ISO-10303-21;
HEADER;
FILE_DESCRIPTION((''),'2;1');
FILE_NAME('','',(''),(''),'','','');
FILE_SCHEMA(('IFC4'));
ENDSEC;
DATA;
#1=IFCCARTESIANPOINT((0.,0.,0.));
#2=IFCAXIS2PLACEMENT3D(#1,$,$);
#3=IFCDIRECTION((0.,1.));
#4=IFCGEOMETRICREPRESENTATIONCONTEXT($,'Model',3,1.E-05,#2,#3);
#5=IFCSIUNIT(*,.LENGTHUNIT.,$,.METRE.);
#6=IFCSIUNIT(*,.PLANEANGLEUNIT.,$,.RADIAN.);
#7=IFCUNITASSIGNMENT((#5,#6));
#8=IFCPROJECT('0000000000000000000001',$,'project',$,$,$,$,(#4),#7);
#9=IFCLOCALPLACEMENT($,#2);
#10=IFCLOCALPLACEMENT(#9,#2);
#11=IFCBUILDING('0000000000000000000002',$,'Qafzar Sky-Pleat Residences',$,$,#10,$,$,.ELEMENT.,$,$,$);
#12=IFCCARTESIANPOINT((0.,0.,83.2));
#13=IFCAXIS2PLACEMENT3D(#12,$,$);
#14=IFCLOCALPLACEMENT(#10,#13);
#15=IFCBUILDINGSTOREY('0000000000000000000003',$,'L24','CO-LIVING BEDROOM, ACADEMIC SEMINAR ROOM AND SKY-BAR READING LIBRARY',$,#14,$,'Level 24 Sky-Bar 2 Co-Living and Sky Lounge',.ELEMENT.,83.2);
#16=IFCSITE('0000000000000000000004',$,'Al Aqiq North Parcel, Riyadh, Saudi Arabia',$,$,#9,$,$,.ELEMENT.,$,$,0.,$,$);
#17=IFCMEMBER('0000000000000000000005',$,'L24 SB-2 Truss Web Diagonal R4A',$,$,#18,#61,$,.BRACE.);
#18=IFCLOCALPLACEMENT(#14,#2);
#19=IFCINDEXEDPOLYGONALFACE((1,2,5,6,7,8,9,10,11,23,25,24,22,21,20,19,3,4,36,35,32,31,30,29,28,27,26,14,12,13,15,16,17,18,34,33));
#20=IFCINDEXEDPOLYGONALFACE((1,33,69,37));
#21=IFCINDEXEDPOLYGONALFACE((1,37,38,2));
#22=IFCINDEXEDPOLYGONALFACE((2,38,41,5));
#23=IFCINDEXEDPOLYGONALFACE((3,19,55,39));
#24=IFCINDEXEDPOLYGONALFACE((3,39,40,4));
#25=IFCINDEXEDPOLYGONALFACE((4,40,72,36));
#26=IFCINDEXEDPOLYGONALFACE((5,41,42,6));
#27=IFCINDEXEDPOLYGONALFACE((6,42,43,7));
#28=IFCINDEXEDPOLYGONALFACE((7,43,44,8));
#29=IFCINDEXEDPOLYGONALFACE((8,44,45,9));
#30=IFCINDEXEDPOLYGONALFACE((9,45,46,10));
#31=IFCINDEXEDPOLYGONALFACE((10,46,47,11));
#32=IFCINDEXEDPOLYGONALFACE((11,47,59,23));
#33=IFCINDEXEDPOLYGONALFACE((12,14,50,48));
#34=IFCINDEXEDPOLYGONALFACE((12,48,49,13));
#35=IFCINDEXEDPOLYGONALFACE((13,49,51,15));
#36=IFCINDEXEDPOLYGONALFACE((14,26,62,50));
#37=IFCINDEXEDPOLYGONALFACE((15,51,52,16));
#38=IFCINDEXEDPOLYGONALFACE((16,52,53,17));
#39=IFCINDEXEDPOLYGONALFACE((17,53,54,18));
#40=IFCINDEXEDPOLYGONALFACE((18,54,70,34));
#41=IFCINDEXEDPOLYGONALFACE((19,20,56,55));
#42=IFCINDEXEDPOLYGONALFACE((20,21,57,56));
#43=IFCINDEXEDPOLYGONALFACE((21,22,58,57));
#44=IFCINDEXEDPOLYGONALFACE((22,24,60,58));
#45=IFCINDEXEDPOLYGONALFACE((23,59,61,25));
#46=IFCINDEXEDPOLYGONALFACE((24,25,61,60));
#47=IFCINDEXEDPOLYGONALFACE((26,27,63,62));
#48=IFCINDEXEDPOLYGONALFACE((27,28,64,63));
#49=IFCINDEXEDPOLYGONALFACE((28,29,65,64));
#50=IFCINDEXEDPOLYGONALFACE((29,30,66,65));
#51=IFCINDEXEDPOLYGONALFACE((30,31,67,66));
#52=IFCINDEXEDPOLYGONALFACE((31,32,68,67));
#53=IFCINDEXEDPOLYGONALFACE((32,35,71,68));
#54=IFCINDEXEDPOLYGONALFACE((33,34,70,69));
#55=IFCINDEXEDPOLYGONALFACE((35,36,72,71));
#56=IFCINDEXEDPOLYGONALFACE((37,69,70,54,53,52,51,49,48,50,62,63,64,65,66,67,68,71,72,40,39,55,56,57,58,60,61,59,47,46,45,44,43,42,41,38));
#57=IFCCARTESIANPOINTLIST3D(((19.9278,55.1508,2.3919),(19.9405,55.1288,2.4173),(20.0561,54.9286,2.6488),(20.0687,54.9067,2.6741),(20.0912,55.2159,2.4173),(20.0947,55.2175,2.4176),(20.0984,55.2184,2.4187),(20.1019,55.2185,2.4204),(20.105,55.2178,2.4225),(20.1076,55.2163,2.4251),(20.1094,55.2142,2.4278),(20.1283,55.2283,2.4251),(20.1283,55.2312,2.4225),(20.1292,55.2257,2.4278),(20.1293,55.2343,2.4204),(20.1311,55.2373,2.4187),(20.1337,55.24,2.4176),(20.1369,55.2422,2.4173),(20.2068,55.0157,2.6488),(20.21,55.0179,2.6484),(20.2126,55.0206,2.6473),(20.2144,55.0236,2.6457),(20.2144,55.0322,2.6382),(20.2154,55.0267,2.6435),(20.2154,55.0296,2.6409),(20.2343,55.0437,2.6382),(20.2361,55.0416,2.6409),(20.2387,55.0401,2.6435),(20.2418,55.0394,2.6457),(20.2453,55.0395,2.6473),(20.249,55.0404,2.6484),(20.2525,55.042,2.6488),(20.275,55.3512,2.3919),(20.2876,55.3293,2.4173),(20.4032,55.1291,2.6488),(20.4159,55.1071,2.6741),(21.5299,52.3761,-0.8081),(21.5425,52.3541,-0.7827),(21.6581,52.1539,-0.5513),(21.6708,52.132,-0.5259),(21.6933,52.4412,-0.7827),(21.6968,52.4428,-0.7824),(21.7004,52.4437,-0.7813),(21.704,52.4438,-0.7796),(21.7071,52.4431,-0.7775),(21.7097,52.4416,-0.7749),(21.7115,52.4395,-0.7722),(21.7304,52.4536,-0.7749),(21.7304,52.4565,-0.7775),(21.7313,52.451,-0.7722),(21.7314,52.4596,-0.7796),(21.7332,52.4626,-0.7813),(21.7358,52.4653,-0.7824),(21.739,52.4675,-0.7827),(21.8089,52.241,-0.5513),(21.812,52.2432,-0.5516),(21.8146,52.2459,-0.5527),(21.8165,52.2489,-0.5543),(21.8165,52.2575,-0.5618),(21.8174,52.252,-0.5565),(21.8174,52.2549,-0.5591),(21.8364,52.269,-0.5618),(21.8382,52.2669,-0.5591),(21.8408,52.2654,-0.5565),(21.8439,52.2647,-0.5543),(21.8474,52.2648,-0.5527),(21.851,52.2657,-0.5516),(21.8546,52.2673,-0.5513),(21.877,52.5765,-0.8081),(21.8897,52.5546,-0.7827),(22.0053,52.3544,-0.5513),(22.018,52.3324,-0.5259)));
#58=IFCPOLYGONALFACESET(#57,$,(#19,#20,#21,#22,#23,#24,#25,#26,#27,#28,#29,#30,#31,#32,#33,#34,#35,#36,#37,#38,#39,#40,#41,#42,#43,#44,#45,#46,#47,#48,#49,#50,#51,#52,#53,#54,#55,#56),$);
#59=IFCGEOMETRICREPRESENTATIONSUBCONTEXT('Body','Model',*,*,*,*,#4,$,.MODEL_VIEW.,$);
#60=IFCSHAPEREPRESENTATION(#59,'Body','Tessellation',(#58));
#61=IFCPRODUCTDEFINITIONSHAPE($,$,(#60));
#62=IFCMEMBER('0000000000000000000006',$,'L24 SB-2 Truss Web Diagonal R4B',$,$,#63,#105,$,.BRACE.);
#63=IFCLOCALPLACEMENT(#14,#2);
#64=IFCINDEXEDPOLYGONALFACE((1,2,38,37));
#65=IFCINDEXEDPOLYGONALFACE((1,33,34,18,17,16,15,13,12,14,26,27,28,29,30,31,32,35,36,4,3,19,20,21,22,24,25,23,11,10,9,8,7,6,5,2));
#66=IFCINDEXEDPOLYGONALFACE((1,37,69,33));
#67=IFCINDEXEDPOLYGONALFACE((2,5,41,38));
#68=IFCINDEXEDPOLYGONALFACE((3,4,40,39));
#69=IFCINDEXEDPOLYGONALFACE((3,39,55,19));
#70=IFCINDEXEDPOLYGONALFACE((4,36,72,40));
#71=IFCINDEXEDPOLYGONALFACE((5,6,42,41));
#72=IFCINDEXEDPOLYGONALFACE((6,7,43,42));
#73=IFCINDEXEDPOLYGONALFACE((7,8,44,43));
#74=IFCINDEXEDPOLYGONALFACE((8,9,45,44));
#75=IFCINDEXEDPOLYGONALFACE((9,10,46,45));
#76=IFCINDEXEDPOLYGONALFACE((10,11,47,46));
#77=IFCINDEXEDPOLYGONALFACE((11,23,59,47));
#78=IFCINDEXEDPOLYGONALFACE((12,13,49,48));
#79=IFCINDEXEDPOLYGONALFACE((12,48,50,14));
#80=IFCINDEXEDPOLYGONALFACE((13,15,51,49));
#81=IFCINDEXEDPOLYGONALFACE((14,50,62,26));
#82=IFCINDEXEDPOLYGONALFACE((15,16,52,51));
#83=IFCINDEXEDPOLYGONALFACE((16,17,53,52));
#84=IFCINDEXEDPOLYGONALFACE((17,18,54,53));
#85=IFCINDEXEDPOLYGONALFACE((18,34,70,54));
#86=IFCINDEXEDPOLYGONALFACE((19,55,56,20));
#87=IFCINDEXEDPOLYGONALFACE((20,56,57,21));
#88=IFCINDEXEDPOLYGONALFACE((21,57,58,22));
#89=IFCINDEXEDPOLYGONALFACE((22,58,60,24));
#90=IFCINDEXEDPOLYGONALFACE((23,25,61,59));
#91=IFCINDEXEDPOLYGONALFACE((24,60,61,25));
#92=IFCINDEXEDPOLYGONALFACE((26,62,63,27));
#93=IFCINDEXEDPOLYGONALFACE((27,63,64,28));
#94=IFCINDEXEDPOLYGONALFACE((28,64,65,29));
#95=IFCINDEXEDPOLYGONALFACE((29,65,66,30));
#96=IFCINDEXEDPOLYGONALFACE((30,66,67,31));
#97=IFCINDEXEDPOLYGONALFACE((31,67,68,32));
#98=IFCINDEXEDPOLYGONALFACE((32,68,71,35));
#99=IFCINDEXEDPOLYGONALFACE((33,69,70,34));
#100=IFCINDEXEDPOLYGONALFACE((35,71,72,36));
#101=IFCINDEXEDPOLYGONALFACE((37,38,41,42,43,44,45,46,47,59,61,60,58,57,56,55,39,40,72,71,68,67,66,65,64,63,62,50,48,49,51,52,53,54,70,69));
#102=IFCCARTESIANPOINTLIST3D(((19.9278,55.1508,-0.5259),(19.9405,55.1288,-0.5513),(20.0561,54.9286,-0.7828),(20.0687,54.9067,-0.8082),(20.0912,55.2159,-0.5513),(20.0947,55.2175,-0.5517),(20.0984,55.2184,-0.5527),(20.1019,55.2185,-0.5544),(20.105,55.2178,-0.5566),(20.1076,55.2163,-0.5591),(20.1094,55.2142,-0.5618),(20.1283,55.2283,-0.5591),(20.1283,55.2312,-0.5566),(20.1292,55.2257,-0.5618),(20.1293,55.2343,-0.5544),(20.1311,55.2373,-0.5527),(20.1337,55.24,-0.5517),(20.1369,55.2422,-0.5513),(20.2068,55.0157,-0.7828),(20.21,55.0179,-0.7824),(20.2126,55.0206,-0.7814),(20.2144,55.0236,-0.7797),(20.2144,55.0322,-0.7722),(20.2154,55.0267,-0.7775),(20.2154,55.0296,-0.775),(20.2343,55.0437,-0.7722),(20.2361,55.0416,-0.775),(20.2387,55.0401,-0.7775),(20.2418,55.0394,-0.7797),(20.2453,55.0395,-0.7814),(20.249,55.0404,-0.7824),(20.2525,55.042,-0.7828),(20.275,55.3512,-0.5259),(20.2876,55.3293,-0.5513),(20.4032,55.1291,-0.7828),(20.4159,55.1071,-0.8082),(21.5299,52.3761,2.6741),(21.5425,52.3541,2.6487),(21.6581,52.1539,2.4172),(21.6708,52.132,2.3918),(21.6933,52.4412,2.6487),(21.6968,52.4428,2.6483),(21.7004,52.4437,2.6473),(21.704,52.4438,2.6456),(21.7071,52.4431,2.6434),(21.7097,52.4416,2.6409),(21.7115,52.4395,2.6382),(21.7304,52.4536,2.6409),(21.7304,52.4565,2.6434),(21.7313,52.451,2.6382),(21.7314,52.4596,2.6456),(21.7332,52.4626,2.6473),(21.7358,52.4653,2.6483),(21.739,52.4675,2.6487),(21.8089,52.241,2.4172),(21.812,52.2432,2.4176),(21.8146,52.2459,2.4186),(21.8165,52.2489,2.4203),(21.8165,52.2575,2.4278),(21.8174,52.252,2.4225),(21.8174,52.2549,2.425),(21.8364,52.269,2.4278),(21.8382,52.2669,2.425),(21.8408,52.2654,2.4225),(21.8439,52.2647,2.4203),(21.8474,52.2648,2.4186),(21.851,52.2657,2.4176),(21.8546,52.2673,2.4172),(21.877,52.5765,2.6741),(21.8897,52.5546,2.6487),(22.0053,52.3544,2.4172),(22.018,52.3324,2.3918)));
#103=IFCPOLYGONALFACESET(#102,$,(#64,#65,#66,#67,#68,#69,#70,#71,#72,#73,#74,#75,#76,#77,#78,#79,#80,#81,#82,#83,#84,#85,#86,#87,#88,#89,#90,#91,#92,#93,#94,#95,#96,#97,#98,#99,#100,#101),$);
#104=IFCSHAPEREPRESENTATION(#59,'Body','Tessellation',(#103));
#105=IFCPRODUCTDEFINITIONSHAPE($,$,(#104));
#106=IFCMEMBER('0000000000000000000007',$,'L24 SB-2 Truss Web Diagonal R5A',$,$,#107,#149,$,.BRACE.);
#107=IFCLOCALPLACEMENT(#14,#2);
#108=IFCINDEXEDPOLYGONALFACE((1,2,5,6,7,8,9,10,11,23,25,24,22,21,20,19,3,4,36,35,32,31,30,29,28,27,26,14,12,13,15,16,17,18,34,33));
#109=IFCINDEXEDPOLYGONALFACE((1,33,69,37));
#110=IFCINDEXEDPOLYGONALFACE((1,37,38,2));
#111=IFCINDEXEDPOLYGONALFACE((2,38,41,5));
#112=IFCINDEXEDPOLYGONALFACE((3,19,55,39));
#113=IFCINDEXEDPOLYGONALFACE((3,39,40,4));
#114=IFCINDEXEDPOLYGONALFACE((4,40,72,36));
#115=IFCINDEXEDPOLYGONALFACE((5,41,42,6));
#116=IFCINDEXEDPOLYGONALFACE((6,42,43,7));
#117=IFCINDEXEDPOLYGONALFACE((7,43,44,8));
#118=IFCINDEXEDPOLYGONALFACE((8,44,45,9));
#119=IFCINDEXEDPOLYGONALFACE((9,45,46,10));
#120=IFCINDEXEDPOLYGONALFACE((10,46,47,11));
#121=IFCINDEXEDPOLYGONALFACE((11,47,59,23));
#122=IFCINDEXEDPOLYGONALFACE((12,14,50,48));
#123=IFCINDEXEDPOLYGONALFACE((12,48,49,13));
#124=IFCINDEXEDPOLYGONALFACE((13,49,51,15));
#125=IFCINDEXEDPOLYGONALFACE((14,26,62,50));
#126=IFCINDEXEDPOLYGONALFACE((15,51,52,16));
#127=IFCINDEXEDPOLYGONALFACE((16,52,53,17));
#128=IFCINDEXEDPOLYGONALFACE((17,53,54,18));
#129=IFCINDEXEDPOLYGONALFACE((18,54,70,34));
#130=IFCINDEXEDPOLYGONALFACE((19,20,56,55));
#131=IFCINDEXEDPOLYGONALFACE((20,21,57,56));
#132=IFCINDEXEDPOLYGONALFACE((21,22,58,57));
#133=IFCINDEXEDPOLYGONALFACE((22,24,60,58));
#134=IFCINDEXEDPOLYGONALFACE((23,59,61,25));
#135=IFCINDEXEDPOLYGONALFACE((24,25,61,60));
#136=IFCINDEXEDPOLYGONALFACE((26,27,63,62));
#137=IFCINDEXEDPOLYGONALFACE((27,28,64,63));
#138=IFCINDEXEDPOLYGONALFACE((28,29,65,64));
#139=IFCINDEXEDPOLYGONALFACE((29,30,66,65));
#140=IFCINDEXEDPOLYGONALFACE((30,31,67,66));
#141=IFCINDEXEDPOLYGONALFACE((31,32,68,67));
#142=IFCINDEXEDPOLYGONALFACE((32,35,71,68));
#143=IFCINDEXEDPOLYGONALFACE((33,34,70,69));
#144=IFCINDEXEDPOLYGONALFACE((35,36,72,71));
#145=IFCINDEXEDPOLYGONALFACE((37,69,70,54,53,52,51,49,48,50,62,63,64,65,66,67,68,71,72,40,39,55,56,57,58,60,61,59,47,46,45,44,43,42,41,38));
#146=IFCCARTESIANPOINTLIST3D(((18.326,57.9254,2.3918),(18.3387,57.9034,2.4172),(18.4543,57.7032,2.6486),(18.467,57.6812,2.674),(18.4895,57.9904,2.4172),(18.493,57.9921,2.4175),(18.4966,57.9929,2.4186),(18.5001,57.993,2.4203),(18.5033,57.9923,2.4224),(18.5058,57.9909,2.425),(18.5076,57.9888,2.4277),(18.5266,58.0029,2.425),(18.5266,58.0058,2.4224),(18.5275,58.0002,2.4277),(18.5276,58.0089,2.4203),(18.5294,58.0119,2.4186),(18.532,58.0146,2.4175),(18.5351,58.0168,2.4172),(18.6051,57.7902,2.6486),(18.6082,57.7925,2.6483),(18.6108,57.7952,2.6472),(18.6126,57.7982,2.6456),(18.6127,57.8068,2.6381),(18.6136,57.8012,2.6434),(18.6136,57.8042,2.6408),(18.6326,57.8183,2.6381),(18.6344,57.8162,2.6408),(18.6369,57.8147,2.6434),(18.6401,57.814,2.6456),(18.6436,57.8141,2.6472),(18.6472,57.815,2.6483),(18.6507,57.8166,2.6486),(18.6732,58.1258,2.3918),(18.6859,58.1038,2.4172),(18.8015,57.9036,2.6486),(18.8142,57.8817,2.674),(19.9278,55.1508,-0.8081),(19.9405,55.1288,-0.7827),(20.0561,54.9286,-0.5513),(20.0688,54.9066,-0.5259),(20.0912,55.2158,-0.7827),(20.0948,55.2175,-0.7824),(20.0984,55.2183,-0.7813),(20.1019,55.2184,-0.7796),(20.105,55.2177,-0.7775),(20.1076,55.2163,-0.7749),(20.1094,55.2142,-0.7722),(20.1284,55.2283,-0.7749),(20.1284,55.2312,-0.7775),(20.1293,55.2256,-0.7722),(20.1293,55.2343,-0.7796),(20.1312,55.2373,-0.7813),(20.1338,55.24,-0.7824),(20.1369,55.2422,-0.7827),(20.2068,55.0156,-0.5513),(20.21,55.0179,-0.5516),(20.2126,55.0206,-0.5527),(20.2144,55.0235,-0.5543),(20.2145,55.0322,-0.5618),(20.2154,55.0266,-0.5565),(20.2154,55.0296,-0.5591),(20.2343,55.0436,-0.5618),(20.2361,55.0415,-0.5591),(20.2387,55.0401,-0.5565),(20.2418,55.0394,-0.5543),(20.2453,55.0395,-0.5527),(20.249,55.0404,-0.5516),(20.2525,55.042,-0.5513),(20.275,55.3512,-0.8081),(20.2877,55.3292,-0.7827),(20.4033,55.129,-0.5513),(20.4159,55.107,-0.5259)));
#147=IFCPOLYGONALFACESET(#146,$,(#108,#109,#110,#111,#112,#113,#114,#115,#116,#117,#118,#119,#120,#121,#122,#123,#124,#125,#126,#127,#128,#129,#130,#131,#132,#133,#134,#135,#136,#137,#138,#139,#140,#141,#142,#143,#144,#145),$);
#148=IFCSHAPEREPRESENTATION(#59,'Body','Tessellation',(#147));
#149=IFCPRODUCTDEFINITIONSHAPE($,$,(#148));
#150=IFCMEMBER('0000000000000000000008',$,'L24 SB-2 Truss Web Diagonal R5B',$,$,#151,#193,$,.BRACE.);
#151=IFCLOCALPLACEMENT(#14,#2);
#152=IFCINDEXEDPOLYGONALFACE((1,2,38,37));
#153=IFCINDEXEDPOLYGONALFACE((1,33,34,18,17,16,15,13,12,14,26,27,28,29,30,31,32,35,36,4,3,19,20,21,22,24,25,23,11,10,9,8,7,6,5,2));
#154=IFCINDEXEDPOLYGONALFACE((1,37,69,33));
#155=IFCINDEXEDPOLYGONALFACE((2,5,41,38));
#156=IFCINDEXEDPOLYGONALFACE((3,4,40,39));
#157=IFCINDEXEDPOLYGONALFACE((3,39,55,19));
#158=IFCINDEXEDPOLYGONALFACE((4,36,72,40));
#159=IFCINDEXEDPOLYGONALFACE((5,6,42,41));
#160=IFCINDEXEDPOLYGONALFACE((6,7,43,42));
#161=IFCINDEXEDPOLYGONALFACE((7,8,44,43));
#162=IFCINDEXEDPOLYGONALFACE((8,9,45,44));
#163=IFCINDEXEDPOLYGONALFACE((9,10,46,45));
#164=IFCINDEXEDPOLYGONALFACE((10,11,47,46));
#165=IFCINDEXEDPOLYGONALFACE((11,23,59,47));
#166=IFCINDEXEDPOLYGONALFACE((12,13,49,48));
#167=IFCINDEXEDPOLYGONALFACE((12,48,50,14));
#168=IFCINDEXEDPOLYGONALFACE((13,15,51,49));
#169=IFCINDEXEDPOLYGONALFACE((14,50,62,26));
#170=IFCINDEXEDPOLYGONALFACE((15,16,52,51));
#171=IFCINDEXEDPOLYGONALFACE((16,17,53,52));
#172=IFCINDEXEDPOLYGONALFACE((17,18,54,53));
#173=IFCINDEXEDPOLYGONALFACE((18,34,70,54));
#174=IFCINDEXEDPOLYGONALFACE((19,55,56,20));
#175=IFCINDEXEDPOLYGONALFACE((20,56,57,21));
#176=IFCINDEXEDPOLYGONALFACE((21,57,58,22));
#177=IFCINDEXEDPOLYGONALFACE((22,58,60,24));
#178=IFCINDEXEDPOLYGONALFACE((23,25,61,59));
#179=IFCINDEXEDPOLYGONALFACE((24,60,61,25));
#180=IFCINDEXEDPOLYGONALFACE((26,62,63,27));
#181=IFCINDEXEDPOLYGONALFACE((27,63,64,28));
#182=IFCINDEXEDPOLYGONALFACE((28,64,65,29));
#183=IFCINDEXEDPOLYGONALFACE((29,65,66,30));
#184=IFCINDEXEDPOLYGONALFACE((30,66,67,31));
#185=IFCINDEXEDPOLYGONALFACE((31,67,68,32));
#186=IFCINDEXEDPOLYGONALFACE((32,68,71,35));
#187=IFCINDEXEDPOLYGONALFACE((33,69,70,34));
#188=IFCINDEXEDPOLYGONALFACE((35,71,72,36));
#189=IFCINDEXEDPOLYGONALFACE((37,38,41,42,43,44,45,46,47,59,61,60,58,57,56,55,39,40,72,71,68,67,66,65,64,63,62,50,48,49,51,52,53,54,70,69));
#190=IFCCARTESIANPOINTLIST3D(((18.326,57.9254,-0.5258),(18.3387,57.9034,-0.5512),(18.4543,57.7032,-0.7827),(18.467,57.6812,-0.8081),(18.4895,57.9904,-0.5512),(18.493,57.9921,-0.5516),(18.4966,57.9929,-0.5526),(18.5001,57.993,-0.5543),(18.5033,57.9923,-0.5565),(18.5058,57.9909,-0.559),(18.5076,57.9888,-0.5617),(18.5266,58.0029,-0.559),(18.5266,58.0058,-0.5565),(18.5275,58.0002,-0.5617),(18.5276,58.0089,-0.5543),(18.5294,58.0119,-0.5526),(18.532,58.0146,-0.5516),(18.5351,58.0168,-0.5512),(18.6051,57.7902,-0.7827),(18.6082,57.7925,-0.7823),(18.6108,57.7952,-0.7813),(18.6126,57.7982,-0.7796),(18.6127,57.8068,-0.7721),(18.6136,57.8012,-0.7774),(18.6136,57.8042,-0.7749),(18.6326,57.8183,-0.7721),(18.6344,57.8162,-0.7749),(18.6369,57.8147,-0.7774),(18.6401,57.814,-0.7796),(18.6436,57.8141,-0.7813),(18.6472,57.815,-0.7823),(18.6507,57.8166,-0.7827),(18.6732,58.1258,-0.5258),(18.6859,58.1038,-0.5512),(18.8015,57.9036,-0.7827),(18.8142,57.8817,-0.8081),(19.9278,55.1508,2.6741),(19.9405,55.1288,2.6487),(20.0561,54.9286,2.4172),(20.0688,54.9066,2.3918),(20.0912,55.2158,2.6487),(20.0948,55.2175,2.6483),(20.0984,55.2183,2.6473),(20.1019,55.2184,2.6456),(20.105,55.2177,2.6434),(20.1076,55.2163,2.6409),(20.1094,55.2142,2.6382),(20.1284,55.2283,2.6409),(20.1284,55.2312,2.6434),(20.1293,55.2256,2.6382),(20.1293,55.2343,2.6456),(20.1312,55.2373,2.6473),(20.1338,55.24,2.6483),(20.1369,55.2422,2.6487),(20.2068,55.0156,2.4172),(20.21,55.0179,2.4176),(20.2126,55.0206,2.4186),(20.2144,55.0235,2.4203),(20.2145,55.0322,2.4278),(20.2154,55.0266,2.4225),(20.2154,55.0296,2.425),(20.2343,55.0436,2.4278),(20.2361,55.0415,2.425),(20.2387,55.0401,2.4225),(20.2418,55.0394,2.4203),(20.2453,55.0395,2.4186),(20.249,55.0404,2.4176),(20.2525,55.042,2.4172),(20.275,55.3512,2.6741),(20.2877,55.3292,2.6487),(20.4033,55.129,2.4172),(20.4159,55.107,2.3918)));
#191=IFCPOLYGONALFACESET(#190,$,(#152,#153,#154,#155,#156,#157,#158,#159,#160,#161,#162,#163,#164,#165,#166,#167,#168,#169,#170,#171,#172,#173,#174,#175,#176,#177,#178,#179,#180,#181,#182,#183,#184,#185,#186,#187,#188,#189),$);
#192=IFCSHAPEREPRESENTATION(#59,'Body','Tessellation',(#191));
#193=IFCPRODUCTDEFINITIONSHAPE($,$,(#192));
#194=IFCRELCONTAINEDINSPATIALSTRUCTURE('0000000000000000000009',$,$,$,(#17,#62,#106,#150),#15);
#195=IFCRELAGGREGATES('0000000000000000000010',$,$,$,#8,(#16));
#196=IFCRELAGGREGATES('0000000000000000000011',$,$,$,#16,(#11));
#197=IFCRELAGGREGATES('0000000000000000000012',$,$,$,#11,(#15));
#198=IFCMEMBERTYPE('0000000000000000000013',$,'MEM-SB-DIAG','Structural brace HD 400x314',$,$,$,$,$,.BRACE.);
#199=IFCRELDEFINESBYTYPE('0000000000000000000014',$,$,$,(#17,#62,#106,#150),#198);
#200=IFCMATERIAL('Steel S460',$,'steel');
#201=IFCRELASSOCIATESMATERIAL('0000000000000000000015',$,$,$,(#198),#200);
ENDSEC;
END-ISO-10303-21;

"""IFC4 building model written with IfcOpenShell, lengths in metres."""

from ifc_helpers import new_model, si_unit, direction, frame, origin, origin_2d, place, context, subcontext, project, spatial, i_section, extrude, source, transform, mapped, material, material_profile, profile_set, type_object, element, save


model = new_model("IFC4")

# Units and contexts
model_context = context("Model", 3, precision=1e-05, world=origin(), true_north=direction((0.0, 1.0)))
body_context = subcontext(model_context, "Body", "Model", "MODEL_VIEW")
ifc_project = project(units=[si_unit("LENGTHUNIT", "METRE"), si_unit("PLANEANGLEUNIT", "RADIAN")], contexts=[model_context])

# Site, building, storey
site_placement = place(None, origin())
site = spatial("IfcSite", under=ifc_project, at=site_placement, Name="Al Aqiq North Parcel, Riyadh, Saudi Arabia", CompositionType="ELEMENT", RefElevation=0.0)
building_placement = place(site_placement, origin())
building = spatial("IfcBuilding", under=site, at=building_placement, Name="Qafzar Sky-Pleat Residences", CompositionType="ELEMENT")
storey_placement = place(building_placement, frame((0.0, 0.0, 83.2)))
storey = spatial("IfcBuildingStorey", under=building, at=storey_placement, Name="L24", Description="CO-LIVING BEDROOM, ACADEMIC SEMINAR ROOM AND SKY-BAR READING LIBRARY", LongName="Level 24 Sky-Bar 2 Co-Living and Sky Lounge", CompositionType="ELEMENT", Elevation=83.2)

# Members
ifc_material_1 = material(Name="Steel S460", Category="steel")
ifc_material_profile_1 = material_profile(ifc_material_1, i_section(OverallWidth=0.4009, OverallDepth=0.3989, WebThickness=0.0229, FlangeThickness=0.0359, FilletRadius=0.0149, at=origin_2d()), Name="HD 400x314")
ifc_profile_set_1 = profile_set([ifc_material_profile_1], Name="Steel S460")
member_type_1 = type_object("IfcMemberType", Name="MEM-SB-DIAG", Description="Structural brace HD 400x314", PredefinedType="BRACE", material=ifc_profile_set_1)
shared_shape_1 = source(origin(), body_context, "Body", "SweptSolid", [
    extrude(i_section(OverallWidth=0.4009, OverallDepth=0.3989, WebThickness=0.0229, FlangeThickness=0.0359, FilletRadius=0.0149, at=origin_2d()), origin(), (0.0, 0.0, 1.0), 4.5283),
])
for number, where, z_axis, x_axis, name in (
    (1, (21.7739, 52.3542, -0.667), (-0.353791, 0.612745, 0.706665), (-0.866012, -0.500024, 0.0), "L24 SB-2 Truss Web Diagonal R4A"),
    (2, (21.7739, 52.3542, 2.533), (-0.353791, 0.612745, -0.706665), (-0.866012, -0.500024, 0.0), "L24 SB-2 Truss Web Diagonal R4B"),
):
    element("IfcMember", number, at=place(storey_placement, frame(where, z_axis=z_axis, x_axis=x_axis)), inside=storey, type_object=member_type_1, Name=name, PredefinedType="BRACE", context=body_context, shape_type="MappedRepresentation", body=[
        mapped(shared_shape_1, transform((0.0, 0.0, 0.0), x_axis=(1.0, 0.0, 0.0), y_axis=(0.0, 1.0, 0.0), z_axis=(0.0, 0.0, 1.0), scale=1.0)),
    ])
shared_shape_2 = source(origin(), body_context, "Body", "SweptSolid", [
    extrude(i_section(OverallWidth=0.4009, OverallDepth=0.3989, WebThickness=0.0229, FlangeThickness=0.0359, FilletRadius=0.0149, at=origin_2d()), origin(), (0.0, 0.0, 1.0), 4.5281),
])
for number, where, z_axis, x_axis, name in (
    (3, (20.1719, 55.1289, -0.667), (-0.353744, 0.612757, 0.706679), (-0.866045, -0.499967, 0.0), "L24 SB-2 Truss Web Diagonal R5A"),
    (4, (20.1719, 55.1289, 2.533), (-0.353744, 0.612757, -0.706679), (-0.866045, -0.499967, 0.0), "L24 SB-2 Truss Web Diagonal R5B"),
):
    element("IfcMember", number, at=place(storey_placement, frame(where, z_axis=z_axis, x_axis=x_axis)), inside=storey, type_object=member_type_1, Name=name, PredefinedType="BRACE", context=body_context, shape_type="MappedRepresentation", body=[
        mapped(shared_shape_2, transform((0.0, 0.0, 0.0), x_axis=(1.0, 0.0, 0.0), y_axis=(0.0, 1.0, 0.0), z_axis=(0.0, 0.0, 1.0), scale=1.0)),
    ])

save(model, "model.ifc")
